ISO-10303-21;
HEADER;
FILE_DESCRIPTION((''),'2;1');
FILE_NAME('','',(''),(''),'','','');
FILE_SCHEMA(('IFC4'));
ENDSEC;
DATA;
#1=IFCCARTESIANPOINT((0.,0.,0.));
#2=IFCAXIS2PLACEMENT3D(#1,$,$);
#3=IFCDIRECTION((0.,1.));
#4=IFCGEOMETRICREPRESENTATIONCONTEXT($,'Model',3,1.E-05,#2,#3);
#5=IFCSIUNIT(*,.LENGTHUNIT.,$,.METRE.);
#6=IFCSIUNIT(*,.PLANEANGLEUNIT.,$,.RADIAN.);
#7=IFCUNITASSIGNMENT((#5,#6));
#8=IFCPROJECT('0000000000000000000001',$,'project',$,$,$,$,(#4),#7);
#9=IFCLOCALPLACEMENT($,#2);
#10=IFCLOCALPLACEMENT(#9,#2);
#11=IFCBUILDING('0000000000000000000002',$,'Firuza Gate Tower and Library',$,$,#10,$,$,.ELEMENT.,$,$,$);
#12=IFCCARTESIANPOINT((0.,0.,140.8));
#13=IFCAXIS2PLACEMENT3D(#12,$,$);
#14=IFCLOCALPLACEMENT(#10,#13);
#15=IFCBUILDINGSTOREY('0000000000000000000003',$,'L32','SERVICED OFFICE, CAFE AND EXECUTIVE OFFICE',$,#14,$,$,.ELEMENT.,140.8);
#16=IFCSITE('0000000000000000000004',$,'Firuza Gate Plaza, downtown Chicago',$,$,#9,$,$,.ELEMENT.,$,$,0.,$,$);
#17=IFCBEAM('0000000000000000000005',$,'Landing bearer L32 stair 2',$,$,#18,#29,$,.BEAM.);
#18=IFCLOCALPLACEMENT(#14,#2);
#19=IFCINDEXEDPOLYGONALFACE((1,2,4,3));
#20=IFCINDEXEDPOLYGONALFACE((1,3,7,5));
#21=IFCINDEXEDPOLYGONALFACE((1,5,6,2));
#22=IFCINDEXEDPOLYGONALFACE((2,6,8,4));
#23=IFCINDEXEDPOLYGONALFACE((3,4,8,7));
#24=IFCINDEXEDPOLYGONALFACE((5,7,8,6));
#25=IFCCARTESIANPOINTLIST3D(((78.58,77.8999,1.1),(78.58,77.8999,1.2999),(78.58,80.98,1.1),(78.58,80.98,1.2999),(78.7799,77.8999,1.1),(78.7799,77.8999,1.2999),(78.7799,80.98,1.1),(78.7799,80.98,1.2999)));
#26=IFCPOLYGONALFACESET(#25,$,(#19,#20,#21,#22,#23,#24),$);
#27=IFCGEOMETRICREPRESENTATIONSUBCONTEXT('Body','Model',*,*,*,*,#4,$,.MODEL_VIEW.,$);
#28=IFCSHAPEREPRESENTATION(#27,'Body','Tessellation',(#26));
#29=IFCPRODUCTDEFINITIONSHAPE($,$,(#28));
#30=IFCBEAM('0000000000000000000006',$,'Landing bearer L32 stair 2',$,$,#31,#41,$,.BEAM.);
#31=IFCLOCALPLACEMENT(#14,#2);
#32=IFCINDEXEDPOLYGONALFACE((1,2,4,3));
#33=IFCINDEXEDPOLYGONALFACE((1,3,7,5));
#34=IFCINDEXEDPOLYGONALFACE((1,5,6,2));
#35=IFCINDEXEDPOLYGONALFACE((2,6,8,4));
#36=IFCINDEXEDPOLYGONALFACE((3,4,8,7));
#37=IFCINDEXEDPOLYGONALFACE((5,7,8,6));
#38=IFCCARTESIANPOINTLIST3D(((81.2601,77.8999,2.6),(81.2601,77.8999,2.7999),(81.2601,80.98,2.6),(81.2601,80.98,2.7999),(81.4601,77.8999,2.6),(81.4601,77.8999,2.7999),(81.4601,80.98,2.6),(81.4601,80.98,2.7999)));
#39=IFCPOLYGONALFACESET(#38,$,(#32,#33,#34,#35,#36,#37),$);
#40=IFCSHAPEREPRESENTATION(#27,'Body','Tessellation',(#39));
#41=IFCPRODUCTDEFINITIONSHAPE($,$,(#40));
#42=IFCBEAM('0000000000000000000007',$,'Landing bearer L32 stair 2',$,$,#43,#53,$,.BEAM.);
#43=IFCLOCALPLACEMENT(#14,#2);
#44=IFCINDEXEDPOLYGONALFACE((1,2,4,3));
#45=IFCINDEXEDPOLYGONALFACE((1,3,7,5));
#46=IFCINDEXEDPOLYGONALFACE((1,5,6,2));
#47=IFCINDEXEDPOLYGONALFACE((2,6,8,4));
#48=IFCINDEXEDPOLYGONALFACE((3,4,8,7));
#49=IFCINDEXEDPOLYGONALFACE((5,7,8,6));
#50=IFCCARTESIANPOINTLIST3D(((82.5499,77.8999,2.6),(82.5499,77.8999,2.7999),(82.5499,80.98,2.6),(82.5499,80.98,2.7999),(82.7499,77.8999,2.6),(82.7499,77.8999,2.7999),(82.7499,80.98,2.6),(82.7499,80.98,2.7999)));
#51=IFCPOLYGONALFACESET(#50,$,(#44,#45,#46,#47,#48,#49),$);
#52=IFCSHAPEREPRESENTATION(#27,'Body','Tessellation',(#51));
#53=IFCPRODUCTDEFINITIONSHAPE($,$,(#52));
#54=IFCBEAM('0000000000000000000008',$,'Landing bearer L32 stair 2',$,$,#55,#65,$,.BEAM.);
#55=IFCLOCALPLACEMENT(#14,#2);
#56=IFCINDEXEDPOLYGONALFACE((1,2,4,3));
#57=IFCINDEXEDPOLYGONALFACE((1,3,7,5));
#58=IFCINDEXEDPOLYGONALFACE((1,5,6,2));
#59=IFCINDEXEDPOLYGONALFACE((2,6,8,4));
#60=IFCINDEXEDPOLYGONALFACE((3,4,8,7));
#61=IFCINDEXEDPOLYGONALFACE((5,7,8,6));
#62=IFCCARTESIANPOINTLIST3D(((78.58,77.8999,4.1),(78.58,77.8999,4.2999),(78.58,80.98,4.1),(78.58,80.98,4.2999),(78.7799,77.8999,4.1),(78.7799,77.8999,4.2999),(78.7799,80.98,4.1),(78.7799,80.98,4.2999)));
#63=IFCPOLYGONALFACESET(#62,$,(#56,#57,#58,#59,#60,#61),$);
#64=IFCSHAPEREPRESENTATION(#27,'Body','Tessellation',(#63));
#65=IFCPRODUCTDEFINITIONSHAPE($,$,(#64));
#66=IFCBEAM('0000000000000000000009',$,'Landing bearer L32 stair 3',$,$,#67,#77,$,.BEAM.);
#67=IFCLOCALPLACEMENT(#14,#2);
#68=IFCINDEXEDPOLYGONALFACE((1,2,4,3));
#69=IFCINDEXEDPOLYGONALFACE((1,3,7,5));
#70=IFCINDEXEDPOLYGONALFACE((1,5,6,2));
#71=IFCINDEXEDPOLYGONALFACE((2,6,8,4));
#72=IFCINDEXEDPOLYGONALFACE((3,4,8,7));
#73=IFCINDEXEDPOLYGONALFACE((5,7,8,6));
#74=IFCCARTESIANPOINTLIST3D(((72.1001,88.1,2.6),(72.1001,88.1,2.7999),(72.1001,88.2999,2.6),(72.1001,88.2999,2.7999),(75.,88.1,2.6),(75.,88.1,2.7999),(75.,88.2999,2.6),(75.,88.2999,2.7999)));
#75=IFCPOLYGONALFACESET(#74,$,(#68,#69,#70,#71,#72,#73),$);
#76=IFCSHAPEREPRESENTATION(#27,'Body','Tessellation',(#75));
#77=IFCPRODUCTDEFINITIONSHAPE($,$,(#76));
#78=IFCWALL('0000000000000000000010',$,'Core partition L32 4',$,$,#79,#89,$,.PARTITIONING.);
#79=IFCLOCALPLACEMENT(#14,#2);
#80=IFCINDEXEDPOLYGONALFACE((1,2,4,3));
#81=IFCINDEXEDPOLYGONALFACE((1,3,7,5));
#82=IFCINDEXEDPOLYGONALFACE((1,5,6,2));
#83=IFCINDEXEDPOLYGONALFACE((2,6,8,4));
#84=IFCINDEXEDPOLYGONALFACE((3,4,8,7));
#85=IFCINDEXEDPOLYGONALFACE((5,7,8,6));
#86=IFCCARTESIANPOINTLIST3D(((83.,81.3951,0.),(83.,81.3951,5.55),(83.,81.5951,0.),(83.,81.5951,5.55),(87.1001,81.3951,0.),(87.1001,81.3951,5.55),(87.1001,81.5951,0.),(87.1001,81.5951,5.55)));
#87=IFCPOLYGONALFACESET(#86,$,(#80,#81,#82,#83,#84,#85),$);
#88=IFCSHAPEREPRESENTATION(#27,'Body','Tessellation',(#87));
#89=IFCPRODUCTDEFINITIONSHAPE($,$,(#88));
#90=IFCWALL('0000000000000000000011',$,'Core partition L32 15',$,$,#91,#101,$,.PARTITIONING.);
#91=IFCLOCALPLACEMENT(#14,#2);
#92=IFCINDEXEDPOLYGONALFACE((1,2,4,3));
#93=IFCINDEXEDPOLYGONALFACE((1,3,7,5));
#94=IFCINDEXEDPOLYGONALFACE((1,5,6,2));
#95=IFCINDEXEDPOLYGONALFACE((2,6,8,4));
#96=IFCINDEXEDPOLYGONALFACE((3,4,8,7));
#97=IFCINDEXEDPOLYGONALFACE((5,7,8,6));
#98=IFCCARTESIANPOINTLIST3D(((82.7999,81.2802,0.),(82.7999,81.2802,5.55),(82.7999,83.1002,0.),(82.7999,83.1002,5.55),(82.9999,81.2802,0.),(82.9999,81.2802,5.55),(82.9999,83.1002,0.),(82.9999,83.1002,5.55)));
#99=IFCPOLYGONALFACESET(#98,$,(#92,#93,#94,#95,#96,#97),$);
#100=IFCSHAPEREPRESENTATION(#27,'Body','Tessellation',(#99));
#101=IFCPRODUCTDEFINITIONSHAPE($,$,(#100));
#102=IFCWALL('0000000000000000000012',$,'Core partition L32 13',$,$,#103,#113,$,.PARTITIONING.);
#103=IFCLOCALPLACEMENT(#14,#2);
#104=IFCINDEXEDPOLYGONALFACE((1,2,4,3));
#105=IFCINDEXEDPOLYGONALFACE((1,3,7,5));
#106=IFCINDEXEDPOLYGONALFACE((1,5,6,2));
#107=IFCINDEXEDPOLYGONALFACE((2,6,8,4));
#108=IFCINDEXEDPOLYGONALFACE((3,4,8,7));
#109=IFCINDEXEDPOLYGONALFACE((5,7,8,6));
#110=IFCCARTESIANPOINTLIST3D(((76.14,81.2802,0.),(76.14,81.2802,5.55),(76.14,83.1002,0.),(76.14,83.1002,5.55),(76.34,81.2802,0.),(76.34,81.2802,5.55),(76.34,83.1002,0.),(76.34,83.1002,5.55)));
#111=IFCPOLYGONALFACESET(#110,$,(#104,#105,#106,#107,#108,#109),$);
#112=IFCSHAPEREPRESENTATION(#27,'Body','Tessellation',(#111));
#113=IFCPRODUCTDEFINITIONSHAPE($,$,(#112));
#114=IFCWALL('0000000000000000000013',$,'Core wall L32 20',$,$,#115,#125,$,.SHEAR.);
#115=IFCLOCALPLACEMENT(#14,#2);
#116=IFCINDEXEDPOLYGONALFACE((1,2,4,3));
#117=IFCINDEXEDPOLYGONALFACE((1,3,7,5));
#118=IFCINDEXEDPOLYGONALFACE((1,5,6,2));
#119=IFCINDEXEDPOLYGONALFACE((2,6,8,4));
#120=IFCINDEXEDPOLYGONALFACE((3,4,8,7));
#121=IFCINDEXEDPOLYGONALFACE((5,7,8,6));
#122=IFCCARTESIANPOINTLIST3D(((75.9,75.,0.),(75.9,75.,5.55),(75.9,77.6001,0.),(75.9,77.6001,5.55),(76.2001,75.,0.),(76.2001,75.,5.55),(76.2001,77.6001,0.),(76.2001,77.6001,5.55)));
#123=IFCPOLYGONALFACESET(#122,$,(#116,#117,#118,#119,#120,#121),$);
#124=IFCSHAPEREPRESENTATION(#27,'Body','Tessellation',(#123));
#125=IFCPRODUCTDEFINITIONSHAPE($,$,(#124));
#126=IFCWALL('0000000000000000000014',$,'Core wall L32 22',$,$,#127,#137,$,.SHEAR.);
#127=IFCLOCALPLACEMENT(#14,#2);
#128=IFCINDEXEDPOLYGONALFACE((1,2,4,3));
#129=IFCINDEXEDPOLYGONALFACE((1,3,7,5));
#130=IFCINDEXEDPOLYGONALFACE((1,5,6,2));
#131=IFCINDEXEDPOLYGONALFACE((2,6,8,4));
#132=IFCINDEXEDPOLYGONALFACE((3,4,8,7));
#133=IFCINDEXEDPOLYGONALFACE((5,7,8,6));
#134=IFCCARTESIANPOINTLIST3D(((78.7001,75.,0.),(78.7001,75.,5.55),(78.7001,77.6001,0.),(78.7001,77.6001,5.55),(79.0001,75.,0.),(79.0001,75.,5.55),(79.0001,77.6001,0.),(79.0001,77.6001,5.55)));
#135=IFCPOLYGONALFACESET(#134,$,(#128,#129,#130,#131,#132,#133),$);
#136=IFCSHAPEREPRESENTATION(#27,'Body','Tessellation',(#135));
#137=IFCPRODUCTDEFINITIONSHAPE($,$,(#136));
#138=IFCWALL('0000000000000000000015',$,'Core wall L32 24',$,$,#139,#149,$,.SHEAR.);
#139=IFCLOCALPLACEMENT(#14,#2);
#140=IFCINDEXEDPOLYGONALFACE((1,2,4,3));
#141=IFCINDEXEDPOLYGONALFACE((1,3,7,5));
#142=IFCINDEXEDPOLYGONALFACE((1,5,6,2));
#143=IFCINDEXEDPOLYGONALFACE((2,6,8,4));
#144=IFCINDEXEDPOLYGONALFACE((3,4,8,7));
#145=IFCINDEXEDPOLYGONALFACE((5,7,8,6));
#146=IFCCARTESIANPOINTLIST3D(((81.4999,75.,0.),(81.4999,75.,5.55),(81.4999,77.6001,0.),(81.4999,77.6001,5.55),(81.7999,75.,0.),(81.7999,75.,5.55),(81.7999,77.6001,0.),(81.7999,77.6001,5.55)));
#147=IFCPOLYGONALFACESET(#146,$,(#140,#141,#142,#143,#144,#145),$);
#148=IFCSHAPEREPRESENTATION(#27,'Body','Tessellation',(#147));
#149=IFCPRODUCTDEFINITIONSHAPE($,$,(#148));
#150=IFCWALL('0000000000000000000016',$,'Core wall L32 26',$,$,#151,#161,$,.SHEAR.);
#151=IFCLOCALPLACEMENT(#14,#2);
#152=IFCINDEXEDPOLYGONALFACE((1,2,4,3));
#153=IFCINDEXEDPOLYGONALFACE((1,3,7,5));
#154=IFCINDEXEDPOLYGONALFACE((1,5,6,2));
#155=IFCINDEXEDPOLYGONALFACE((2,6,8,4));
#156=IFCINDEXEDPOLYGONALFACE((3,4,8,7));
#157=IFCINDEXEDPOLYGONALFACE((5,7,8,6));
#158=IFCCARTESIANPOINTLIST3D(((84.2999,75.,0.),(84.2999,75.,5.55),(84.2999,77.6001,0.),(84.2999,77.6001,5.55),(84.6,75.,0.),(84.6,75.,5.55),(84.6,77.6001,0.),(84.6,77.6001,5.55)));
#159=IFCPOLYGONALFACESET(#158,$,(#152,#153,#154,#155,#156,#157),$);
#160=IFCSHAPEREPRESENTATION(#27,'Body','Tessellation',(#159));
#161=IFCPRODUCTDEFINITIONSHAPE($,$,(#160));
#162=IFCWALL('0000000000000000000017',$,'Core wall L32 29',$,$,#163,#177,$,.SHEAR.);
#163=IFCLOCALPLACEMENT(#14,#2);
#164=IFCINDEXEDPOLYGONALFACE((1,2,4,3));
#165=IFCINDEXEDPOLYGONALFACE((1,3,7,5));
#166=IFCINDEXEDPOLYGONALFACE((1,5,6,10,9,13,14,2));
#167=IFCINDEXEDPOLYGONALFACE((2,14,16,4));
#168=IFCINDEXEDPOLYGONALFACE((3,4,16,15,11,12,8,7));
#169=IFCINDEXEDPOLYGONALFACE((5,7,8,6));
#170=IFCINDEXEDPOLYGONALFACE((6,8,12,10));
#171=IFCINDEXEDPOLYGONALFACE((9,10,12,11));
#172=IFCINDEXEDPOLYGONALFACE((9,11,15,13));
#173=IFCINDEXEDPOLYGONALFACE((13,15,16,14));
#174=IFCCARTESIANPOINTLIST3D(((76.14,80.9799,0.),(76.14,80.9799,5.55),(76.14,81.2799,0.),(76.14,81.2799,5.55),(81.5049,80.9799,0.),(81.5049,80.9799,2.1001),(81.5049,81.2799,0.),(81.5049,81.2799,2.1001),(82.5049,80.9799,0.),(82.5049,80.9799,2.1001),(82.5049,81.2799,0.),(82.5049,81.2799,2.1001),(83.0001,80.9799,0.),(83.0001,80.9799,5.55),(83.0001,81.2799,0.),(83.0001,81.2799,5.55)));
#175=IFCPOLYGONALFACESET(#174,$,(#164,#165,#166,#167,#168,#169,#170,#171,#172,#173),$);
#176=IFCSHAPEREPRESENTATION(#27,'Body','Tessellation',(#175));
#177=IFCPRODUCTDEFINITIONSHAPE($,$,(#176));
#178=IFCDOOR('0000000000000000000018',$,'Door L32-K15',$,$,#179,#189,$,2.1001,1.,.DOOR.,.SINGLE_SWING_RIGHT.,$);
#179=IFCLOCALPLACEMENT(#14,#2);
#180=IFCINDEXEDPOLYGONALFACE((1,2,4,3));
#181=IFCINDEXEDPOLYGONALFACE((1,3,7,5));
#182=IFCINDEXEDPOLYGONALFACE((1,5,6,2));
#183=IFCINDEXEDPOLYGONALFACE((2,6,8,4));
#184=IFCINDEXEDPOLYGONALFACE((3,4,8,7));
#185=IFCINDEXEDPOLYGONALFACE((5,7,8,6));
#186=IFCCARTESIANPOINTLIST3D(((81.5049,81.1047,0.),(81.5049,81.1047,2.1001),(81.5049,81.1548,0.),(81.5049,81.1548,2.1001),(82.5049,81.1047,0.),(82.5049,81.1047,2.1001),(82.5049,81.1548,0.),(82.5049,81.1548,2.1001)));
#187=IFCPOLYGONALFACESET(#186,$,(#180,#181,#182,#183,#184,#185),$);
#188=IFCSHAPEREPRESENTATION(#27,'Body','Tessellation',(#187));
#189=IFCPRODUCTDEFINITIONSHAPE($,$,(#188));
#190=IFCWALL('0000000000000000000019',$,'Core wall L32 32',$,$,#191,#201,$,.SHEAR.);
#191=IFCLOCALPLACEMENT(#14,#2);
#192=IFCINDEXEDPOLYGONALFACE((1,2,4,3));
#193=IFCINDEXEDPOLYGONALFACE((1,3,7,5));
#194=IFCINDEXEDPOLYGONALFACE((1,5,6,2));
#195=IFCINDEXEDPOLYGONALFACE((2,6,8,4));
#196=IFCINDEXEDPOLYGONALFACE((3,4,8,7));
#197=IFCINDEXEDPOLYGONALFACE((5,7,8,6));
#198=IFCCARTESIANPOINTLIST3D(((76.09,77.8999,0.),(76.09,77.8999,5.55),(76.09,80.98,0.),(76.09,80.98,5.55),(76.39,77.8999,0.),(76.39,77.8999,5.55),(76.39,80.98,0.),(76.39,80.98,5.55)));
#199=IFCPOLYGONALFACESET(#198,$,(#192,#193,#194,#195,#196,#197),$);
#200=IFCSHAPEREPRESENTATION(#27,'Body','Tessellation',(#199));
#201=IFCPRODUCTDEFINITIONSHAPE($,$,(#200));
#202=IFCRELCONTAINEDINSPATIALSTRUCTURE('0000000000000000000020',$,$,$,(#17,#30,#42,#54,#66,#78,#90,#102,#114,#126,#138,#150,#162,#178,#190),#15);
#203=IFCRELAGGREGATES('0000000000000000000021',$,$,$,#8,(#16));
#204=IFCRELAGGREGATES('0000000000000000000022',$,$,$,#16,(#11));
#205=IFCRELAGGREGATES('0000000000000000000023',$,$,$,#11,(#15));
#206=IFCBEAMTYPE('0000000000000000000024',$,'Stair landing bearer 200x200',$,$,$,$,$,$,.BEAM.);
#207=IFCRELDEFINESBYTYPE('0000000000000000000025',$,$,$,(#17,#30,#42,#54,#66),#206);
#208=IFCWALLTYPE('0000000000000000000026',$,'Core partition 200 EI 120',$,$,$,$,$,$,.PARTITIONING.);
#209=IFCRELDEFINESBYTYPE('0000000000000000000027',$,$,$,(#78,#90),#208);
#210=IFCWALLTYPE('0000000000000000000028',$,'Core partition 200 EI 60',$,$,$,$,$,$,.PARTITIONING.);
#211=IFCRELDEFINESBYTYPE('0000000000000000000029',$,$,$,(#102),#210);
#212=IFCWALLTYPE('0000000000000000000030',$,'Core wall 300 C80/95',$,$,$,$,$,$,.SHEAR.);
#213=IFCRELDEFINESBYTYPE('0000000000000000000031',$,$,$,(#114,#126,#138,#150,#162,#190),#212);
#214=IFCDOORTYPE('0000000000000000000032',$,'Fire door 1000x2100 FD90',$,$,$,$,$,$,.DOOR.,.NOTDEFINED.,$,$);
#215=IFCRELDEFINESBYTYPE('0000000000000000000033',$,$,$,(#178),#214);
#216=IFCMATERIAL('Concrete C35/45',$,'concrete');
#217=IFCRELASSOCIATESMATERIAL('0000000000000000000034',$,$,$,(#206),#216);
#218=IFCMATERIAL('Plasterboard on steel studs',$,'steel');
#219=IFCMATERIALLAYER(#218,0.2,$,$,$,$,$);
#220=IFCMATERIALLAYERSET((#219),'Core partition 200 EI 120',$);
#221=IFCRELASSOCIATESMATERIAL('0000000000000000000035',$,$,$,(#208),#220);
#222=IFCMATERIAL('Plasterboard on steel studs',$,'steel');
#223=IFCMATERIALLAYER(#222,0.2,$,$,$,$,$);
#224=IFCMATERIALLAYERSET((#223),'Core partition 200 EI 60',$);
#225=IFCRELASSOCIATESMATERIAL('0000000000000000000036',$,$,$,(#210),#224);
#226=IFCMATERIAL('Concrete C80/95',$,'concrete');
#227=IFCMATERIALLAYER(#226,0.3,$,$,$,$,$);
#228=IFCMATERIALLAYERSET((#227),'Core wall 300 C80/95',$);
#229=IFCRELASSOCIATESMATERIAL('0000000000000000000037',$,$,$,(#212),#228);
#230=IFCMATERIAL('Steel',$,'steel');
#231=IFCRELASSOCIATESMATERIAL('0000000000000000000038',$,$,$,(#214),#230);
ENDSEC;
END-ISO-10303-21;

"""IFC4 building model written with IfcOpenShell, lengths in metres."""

from ifc_helpers import new_model, si_unit, direction, frame, frame_2d, origin, origin_2d, place, context, subcontext, project, spatial, rectangle, extrude, material, layer, layer_set, material_profile, profile_set, type_object, element, fill, save


model = new_model("IFC4")

# Units and contexts
model_context = context("Model", 3, precision=1e-05, world=origin(), true_north=direction((0.0, 1.0)))
body_context = subcontext(model_context, "Body", "Model", "MODEL_VIEW")
ifc_project = project(units=[si_unit("LENGTHUNIT", "METRE"), si_unit("PLANEANGLEUNIT", "RADIAN")], contexts=[model_context])

# Site, building, storey
site_placement = place(None, origin())
site = spatial("IfcSite", under=ifc_project, at=site_placement, Name="Firuza Gate Plaza, downtown Chicago", CompositionType="ELEMENT", RefElevation=0.0)
building_placement = place(site_placement, origin())
building = spatial("IfcBuilding", under=site, at=building_placement, Name="Firuza Gate Tower and Library", CompositionType="ELEMENT")
storey_placement = place(building_placement, frame((0.0, 0.0, 140.8)))
storey = spatial("IfcBuildingStorey", under=building, at=storey_placement, Name="L32", Description="SERVICED OFFICE, CAFE AND EXECUTIVE OFFICE", CompositionType="ELEMENT", Elevation=140.8)

# Beams
ifc_material_1 = material(Name="Concrete C35/45", Category="concrete")
ifc_material_profile = material_profile(ifc_material_1, rectangle(XDim=0.2, YDim=0.2, at=origin_2d()))
ifc_profile_set = profile_set([ifc_material_profile], Name="Concrete C35/45")
beam_type = type_object("IfcBeamType", Name="Stair landing bearer 200x200", PredefinedType="BEAM", material=ifc_profile_set)
for number, where, z_axis, x_axis, name in (
    (1, (78.6799, 80.98, 1.2), (0.0, -1.0, 0.0), (1.0, 0.0, 0.0), "Landing bearer L32 stair 2"),
    (2, (81.3601, 80.98, 2.7), (0.0, -1.0, 0.0), (1.0, 0.0, 0.0), "Landing bearer L32 stair 2"),
    (3, (82.6499, 80.98, 2.7), (0.0, -1.0, 0.0), (1.0, 0.0, 0.0), "Landing bearer L32 stair 2"),
    (4, (78.6799, 80.98, 4.2), (0.0, -1.0, 0.0), (1.0, 0.0, 0.0), "Landing bearer L32 stair 2"),
):
    element("IfcBeam", number, at=place(storey_placement, frame(where, z_axis=z_axis, x_axis=x_axis)), inside=storey, type_object=beam_type, Name=name, PredefinedType="BEAM", context=body_context, shape_type="SweptSolid", body=[
        extrude(rectangle(XDim=0.2, YDim=0.2, at=origin_2d()), origin(), (0.0, 0.0, 1.0), 3.0801),
    ])
beam_placement = place(storey_placement, frame((75.0, 88.2, 2.7), z_axis=(-1.0, 0.0, 0.0), x_axis=(0.0, -1.0, 0.0)))
element("IfcBeam", 5, at=beam_placement, inside=storey, type_object=beam_type, Name="Landing bearer L32 stair 3", PredefinedType="BEAM", context=body_context, shape_type="SweptSolid", body=[
    extrude(rectangle(XDim=0.2, YDim=0.2, at=origin_2d()), origin(), (0.0, 0.0, 1.0), 2.8999),
])

# Walls
ifc_material_2 = material(Name="Plasterboard on steel studs", Category="steel")
ifc_layer_1 = layer(ifc_material_2, 0.2)
ifc_layer_set_1 = layer_set([ifc_layer_1], Name="Core partition 200 EI 120")
wall_type_1 = type_object("IfcWallType", Name="Core partition 200 EI 120", PredefinedType="PARTITIONING", material=ifc_layer_set_1)
wall_1_placement = place(storey_placement, frame((83.0, 81.4951, 0.0), z_axis=(0.0, 0.0, 1.0), x_axis=(1.0, 0.0, 0.0)))
element("IfcWall", 6, at=wall_1_placement, inside=storey, type_object=wall_type_1, Name="Core partition L32 4", PredefinedType="PARTITIONING", context=body_context, shape_type="SweptSolid", body=[
    extrude(rectangle(XDim=4.1001, YDim=0.2, at=frame_2d((2.05, 0.0))), origin(), (0.0, 0.0, 1.0), 5.55),
])
wall_2_placement = place(storey_placement, frame((82.8999, 81.28, 0.0), z_axis=(0.0, 0.0, 1.0), x_axis=(0.0, 1.0, 0.0)))
element("IfcWall", 7, at=wall_2_placement, inside=storey, type_object=wall_type_1, Name="Core partition L32 15", PredefinedType="PARTITIONING", context=body_context, shape_type="SweptSolid", body=[
    extrude(rectangle(XDim=1.8201, YDim=0.2, at=frame_2d((0.9102, 0.0))), origin(), (0.0, 0.0, 1.0), 5.55),
])
ifc_material_3 = material(Name="Plasterboard on steel studs", Category="steel")
ifc_layer_2 = layer(ifc_material_3, 0.2)
ifc_layer_set_2 = layer_set([ifc_layer_2], Name="Core partition 200 EI 60")
wall_type_2 = type_object("IfcWallType", Name="Core partition 200 EI 60", PredefinedType="PARTITIONING", material=ifc_layer_set_2)
wall_3_placement = place(storey_placement, frame((76.24, 81.28, 0.0), z_axis=(0.0, 0.0, 1.0), x_axis=(0.0, 1.0, 0.0)))
element("IfcWall", 8, at=wall_3_placement, inside=storey, type_object=wall_type_2, Name="Core partition L32 13", PredefinedType="PARTITIONING", context=body_context, shape_type="SweptSolid", body=[
    extrude(rectangle(XDim=1.8201, YDim=0.2, at=frame_2d((0.9102, 0.0))), origin(), (0.0, 0.0, 1.0), 5.55),
])
ifc_material_4 = material(Name="Concrete C80/95", Category="concrete")
ifc_layer_3 = layer(ifc_material_4, 0.3)
ifc_layer_set_3 = layer_set([ifc_layer_3], Name="Core wall 300 C80/95")
wall_type_3 = type_object("IfcWallType", Name="Core wall 300 C80/95", PredefinedType="SHEAR", material=ifc_layer_set_3)
for number, where, z_axis, x_axis, name in (
    (9, (76.05, 75.0, 0.0), (0.0, 0.0, 1.0), (0.0, 1.0, 0.0), "Core wall L32 20"),
    (10, (78.8501, 75.0, 0.0), (0.0, 0.0, 1.0), (0.0, 1.0, 0.0), "Core wall L32 22"),
    (11, (81.6499, 75.0, 0.0), (0.0, 0.0, 1.0), (0.0, 1.0, 0.0), "Core wall L32 24"),
    (12, (84.45, 75.0, 0.0), (0.0, 0.0, 1.0), (0.0, 1.0, 0.0), "Core wall L32 26"),
):
    element("IfcWall", number, at=place(storey_placement, frame(where, z_axis=z_axis, x_axis=x_axis)), inside=storey, type_object=wall_type_3, Name=name, PredefinedType="SHEAR", context=body_context, shape_type="SweptSolid", body=[
        extrude(rectangle(XDim=2.6001, YDim=0.3, at=frame_2d((1.3, 0.0))), origin(), (0.0, 0.0, 1.0), 5.55),
    ])

# Wall, opening, door
wall_4_placement = place(storey_placement, frame((76.1399, 81.1299, 0.0), z_axis=(0.0, 0.0, 1.0), x_axis=(1.0, 0.0, 0.0)))
wall_4 = element("IfcWall", 13, at=wall_4_placement, inside=storey, type_object=wall_type_3, Name="Core wall L32 29", PredefinedType="SHEAR", context=body_context, shape_type="SweptSolid", body=[
    extrude(rectangle(XDim=6.8601, YDim=0.3, at=frame_2d((3.4302, 0.0))), origin(), (0.0, 0.0, 1.0), 5.55),
])
opening_1_placement = place(wall_4_placement, frame((5.365, 0.0, 0.0)))
opening_1 = element("IfcOpeningElement", 14, at=opening_1_placement, cuts=wall_4, PredefinedType="OPENING", context=body_context, shape_type="SweptSolid", body=[
    extrude(rectangle(XDim=1.0, YDim=2.1001, at=frame_2d((0.5, 1.05))), frame((0.0, 0.1602, 0.0), z_axis=(0.0, -1.0, 0.0), x_axis=(1.0, 0.0, 0.0)), (0.0, 0.0, 1.0), 0.3201),
])
ifc_material_5 = material(Name="Steel", Category="steel")
door_type = type_object("IfcDoorType", Name="Fire door 1000x2100 FD90", OperationType="NOTDEFINED", PredefinedType="DOOR", material=ifc_material_5)
door_1_placement = place(opening_1_placement, origin())
door_1 = element("IfcDoor", 15, at=door_1_placement, inside=storey, type_object=door_type, Name="Door L32-K15", OperationType="SINGLE_SWING_RIGHT", OverallHeight=2.1001, OverallWidth=1.0, PredefinedType="DOOR", context=body_context, shape_type="SweptSolid", body=[
    extrude(rectangle(XDim=1.0, YDim=2.1001, at=frame_2d((0.5, 1.05))), frame((0.0, 0.0249, 0.0), z_axis=(0.0, -1.0, 0.0), x_axis=(1.0, 0.0, 0.0)), (0.0, 0.0, 1.0), 0.05),
])
fill(opening_1, door_1)

# Wall
for number, where, z_axis, x_axis, name in (
    (16, (76.24, 77.8999, 0.0), (0.0, 0.0, 1.0), (0.0, 1.0, 0.0), "Core wall L32 32"),
):
    element("IfcWall", number, at=place(storey_placement, frame(where, z_axis=z_axis, x_axis=x_axis)), inside=storey, type_object=wall_type_3, Name=name, PredefinedType="SHEAR", context=body_context, shape_type="SweptSolid", body=[
        extrude(rectangle(XDim=3.0801, YDim=0.3, at=frame_2d((1.54, 0.0))), origin(), (0.0, 0.0, 1.0), 5.55),
    ])

save(model, "model.ifc")
